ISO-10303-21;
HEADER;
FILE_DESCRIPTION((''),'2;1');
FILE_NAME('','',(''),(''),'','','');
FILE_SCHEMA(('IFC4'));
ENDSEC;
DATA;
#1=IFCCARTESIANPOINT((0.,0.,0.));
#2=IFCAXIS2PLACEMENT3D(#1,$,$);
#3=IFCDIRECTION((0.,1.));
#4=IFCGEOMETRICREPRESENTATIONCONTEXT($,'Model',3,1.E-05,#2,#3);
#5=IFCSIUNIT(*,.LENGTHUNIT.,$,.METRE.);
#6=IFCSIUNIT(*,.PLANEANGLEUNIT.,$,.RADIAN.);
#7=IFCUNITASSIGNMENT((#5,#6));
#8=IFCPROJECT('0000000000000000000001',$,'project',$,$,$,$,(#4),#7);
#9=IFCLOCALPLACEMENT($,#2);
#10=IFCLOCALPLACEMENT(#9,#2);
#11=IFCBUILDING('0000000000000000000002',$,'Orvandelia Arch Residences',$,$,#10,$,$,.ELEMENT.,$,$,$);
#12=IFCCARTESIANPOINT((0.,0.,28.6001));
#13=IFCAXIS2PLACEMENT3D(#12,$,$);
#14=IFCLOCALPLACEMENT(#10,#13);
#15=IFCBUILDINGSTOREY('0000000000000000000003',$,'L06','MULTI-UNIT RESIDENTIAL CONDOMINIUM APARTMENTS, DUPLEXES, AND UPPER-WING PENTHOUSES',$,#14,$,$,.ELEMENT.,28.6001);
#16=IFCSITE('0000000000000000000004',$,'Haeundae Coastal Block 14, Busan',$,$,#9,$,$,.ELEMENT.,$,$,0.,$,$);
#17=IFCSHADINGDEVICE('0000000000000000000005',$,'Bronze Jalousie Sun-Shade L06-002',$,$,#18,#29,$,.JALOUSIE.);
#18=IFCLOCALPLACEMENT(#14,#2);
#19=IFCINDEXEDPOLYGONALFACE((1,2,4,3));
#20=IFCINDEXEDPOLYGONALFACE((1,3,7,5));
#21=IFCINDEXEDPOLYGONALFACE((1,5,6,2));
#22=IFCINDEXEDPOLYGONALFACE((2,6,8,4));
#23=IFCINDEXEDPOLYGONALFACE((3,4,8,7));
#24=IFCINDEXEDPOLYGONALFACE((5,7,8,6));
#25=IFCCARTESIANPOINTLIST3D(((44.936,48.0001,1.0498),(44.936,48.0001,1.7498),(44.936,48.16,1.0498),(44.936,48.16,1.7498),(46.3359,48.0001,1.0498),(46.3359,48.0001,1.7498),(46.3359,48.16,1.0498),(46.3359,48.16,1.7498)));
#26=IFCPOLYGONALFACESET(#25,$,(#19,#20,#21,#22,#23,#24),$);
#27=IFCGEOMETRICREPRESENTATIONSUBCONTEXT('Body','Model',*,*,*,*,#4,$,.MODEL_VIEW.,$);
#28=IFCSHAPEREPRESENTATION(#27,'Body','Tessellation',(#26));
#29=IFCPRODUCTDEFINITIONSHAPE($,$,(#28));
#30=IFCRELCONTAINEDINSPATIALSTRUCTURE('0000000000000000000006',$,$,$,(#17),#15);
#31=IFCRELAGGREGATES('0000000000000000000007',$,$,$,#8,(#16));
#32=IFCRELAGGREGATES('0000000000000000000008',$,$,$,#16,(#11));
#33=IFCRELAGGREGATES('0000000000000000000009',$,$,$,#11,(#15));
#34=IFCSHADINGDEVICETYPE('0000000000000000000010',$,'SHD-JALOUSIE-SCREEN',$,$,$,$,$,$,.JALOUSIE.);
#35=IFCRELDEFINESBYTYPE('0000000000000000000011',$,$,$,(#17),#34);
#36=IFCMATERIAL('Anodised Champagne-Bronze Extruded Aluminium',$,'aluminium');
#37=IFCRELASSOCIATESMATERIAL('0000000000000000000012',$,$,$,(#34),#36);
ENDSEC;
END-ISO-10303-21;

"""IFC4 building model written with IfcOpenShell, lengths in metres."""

from ifc_helpers import new_model, si_unit, direction, frame, origin, origin_2d, place, context, subcontext, project, spatial, rectangle, extrude, material, type_object, element, save


model = new_model("IFC4")

# Units and contexts
model_context = context("Model", 3, precision=1e-05, world=origin(), true_north=direction((0.0, 1.0)))
body_context = subcontext(model_context, "Body", "Model", "MODEL_VIEW")
ifc_project = project(units=[si_unit("LENGTHUNIT", "METRE"), si_unit("PLANEANGLEUNIT", "RADIAN")], contexts=[model_context])

# Site, building, storey
site_placement = place(None, origin())
site = spatial("IfcSite", under=ifc_project, at=site_placement, Name="Haeundae Coastal Block 14, Busan", CompositionType="ELEMENT", RefElevation=0.0)
building_placement = place(site_placement, origin())
building = spatial("IfcBuilding", under=site, at=building_placement, Name="Orvandelia Arch Residences", CompositionType="ELEMENT")
storey_placement = place(building_placement, frame((0.0, 0.0, 28.6001)))
storey = spatial("IfcBuildingStorey", under=building, at=storey_placement, Name="L06", Description="MULTI-UNIT RESIDENTIAL CONDOMINIUM APARTMENTS, DUPLEXES, AND UPPER-WING PENTHOUSES", CompositionType="ELEMENT", Elevation=28.6001)

# Shading device
ifc_material_1 = material(Name="Anodised Champagne-Bronze Extruded Aluminium", Category="aluminium")
shading_device_type = type_object("IfcShadingDeviceType", Name="SHD-JALOUSIE-SCREEN", PredefinedType="JALOUSIE", material=ifc_material_1)
shading_device_placement = place(storey_placement, frame((45.636, 48.0801, 1.0498), z_axis=(0.0, 0.0, 1.0), x_axis=(1.0, 0.0, 0.0)))
element("IfcShadingDevice", 1, at=shading_device_placement, inside=storey, type_object=shading_device_type, Name="Bronze Jalousie Sun-Shade L06-002", PredefinedType="JALOUSIE", context=body_context, shape_type="SweptSolid", body=[
    extrude(rectangle(XDim=1.3999, YDim=0.1599, at=origin_2d()), origin(), (0.0, 0.0, 1.0), 0.7),
])

save(model, "model.ifc")
